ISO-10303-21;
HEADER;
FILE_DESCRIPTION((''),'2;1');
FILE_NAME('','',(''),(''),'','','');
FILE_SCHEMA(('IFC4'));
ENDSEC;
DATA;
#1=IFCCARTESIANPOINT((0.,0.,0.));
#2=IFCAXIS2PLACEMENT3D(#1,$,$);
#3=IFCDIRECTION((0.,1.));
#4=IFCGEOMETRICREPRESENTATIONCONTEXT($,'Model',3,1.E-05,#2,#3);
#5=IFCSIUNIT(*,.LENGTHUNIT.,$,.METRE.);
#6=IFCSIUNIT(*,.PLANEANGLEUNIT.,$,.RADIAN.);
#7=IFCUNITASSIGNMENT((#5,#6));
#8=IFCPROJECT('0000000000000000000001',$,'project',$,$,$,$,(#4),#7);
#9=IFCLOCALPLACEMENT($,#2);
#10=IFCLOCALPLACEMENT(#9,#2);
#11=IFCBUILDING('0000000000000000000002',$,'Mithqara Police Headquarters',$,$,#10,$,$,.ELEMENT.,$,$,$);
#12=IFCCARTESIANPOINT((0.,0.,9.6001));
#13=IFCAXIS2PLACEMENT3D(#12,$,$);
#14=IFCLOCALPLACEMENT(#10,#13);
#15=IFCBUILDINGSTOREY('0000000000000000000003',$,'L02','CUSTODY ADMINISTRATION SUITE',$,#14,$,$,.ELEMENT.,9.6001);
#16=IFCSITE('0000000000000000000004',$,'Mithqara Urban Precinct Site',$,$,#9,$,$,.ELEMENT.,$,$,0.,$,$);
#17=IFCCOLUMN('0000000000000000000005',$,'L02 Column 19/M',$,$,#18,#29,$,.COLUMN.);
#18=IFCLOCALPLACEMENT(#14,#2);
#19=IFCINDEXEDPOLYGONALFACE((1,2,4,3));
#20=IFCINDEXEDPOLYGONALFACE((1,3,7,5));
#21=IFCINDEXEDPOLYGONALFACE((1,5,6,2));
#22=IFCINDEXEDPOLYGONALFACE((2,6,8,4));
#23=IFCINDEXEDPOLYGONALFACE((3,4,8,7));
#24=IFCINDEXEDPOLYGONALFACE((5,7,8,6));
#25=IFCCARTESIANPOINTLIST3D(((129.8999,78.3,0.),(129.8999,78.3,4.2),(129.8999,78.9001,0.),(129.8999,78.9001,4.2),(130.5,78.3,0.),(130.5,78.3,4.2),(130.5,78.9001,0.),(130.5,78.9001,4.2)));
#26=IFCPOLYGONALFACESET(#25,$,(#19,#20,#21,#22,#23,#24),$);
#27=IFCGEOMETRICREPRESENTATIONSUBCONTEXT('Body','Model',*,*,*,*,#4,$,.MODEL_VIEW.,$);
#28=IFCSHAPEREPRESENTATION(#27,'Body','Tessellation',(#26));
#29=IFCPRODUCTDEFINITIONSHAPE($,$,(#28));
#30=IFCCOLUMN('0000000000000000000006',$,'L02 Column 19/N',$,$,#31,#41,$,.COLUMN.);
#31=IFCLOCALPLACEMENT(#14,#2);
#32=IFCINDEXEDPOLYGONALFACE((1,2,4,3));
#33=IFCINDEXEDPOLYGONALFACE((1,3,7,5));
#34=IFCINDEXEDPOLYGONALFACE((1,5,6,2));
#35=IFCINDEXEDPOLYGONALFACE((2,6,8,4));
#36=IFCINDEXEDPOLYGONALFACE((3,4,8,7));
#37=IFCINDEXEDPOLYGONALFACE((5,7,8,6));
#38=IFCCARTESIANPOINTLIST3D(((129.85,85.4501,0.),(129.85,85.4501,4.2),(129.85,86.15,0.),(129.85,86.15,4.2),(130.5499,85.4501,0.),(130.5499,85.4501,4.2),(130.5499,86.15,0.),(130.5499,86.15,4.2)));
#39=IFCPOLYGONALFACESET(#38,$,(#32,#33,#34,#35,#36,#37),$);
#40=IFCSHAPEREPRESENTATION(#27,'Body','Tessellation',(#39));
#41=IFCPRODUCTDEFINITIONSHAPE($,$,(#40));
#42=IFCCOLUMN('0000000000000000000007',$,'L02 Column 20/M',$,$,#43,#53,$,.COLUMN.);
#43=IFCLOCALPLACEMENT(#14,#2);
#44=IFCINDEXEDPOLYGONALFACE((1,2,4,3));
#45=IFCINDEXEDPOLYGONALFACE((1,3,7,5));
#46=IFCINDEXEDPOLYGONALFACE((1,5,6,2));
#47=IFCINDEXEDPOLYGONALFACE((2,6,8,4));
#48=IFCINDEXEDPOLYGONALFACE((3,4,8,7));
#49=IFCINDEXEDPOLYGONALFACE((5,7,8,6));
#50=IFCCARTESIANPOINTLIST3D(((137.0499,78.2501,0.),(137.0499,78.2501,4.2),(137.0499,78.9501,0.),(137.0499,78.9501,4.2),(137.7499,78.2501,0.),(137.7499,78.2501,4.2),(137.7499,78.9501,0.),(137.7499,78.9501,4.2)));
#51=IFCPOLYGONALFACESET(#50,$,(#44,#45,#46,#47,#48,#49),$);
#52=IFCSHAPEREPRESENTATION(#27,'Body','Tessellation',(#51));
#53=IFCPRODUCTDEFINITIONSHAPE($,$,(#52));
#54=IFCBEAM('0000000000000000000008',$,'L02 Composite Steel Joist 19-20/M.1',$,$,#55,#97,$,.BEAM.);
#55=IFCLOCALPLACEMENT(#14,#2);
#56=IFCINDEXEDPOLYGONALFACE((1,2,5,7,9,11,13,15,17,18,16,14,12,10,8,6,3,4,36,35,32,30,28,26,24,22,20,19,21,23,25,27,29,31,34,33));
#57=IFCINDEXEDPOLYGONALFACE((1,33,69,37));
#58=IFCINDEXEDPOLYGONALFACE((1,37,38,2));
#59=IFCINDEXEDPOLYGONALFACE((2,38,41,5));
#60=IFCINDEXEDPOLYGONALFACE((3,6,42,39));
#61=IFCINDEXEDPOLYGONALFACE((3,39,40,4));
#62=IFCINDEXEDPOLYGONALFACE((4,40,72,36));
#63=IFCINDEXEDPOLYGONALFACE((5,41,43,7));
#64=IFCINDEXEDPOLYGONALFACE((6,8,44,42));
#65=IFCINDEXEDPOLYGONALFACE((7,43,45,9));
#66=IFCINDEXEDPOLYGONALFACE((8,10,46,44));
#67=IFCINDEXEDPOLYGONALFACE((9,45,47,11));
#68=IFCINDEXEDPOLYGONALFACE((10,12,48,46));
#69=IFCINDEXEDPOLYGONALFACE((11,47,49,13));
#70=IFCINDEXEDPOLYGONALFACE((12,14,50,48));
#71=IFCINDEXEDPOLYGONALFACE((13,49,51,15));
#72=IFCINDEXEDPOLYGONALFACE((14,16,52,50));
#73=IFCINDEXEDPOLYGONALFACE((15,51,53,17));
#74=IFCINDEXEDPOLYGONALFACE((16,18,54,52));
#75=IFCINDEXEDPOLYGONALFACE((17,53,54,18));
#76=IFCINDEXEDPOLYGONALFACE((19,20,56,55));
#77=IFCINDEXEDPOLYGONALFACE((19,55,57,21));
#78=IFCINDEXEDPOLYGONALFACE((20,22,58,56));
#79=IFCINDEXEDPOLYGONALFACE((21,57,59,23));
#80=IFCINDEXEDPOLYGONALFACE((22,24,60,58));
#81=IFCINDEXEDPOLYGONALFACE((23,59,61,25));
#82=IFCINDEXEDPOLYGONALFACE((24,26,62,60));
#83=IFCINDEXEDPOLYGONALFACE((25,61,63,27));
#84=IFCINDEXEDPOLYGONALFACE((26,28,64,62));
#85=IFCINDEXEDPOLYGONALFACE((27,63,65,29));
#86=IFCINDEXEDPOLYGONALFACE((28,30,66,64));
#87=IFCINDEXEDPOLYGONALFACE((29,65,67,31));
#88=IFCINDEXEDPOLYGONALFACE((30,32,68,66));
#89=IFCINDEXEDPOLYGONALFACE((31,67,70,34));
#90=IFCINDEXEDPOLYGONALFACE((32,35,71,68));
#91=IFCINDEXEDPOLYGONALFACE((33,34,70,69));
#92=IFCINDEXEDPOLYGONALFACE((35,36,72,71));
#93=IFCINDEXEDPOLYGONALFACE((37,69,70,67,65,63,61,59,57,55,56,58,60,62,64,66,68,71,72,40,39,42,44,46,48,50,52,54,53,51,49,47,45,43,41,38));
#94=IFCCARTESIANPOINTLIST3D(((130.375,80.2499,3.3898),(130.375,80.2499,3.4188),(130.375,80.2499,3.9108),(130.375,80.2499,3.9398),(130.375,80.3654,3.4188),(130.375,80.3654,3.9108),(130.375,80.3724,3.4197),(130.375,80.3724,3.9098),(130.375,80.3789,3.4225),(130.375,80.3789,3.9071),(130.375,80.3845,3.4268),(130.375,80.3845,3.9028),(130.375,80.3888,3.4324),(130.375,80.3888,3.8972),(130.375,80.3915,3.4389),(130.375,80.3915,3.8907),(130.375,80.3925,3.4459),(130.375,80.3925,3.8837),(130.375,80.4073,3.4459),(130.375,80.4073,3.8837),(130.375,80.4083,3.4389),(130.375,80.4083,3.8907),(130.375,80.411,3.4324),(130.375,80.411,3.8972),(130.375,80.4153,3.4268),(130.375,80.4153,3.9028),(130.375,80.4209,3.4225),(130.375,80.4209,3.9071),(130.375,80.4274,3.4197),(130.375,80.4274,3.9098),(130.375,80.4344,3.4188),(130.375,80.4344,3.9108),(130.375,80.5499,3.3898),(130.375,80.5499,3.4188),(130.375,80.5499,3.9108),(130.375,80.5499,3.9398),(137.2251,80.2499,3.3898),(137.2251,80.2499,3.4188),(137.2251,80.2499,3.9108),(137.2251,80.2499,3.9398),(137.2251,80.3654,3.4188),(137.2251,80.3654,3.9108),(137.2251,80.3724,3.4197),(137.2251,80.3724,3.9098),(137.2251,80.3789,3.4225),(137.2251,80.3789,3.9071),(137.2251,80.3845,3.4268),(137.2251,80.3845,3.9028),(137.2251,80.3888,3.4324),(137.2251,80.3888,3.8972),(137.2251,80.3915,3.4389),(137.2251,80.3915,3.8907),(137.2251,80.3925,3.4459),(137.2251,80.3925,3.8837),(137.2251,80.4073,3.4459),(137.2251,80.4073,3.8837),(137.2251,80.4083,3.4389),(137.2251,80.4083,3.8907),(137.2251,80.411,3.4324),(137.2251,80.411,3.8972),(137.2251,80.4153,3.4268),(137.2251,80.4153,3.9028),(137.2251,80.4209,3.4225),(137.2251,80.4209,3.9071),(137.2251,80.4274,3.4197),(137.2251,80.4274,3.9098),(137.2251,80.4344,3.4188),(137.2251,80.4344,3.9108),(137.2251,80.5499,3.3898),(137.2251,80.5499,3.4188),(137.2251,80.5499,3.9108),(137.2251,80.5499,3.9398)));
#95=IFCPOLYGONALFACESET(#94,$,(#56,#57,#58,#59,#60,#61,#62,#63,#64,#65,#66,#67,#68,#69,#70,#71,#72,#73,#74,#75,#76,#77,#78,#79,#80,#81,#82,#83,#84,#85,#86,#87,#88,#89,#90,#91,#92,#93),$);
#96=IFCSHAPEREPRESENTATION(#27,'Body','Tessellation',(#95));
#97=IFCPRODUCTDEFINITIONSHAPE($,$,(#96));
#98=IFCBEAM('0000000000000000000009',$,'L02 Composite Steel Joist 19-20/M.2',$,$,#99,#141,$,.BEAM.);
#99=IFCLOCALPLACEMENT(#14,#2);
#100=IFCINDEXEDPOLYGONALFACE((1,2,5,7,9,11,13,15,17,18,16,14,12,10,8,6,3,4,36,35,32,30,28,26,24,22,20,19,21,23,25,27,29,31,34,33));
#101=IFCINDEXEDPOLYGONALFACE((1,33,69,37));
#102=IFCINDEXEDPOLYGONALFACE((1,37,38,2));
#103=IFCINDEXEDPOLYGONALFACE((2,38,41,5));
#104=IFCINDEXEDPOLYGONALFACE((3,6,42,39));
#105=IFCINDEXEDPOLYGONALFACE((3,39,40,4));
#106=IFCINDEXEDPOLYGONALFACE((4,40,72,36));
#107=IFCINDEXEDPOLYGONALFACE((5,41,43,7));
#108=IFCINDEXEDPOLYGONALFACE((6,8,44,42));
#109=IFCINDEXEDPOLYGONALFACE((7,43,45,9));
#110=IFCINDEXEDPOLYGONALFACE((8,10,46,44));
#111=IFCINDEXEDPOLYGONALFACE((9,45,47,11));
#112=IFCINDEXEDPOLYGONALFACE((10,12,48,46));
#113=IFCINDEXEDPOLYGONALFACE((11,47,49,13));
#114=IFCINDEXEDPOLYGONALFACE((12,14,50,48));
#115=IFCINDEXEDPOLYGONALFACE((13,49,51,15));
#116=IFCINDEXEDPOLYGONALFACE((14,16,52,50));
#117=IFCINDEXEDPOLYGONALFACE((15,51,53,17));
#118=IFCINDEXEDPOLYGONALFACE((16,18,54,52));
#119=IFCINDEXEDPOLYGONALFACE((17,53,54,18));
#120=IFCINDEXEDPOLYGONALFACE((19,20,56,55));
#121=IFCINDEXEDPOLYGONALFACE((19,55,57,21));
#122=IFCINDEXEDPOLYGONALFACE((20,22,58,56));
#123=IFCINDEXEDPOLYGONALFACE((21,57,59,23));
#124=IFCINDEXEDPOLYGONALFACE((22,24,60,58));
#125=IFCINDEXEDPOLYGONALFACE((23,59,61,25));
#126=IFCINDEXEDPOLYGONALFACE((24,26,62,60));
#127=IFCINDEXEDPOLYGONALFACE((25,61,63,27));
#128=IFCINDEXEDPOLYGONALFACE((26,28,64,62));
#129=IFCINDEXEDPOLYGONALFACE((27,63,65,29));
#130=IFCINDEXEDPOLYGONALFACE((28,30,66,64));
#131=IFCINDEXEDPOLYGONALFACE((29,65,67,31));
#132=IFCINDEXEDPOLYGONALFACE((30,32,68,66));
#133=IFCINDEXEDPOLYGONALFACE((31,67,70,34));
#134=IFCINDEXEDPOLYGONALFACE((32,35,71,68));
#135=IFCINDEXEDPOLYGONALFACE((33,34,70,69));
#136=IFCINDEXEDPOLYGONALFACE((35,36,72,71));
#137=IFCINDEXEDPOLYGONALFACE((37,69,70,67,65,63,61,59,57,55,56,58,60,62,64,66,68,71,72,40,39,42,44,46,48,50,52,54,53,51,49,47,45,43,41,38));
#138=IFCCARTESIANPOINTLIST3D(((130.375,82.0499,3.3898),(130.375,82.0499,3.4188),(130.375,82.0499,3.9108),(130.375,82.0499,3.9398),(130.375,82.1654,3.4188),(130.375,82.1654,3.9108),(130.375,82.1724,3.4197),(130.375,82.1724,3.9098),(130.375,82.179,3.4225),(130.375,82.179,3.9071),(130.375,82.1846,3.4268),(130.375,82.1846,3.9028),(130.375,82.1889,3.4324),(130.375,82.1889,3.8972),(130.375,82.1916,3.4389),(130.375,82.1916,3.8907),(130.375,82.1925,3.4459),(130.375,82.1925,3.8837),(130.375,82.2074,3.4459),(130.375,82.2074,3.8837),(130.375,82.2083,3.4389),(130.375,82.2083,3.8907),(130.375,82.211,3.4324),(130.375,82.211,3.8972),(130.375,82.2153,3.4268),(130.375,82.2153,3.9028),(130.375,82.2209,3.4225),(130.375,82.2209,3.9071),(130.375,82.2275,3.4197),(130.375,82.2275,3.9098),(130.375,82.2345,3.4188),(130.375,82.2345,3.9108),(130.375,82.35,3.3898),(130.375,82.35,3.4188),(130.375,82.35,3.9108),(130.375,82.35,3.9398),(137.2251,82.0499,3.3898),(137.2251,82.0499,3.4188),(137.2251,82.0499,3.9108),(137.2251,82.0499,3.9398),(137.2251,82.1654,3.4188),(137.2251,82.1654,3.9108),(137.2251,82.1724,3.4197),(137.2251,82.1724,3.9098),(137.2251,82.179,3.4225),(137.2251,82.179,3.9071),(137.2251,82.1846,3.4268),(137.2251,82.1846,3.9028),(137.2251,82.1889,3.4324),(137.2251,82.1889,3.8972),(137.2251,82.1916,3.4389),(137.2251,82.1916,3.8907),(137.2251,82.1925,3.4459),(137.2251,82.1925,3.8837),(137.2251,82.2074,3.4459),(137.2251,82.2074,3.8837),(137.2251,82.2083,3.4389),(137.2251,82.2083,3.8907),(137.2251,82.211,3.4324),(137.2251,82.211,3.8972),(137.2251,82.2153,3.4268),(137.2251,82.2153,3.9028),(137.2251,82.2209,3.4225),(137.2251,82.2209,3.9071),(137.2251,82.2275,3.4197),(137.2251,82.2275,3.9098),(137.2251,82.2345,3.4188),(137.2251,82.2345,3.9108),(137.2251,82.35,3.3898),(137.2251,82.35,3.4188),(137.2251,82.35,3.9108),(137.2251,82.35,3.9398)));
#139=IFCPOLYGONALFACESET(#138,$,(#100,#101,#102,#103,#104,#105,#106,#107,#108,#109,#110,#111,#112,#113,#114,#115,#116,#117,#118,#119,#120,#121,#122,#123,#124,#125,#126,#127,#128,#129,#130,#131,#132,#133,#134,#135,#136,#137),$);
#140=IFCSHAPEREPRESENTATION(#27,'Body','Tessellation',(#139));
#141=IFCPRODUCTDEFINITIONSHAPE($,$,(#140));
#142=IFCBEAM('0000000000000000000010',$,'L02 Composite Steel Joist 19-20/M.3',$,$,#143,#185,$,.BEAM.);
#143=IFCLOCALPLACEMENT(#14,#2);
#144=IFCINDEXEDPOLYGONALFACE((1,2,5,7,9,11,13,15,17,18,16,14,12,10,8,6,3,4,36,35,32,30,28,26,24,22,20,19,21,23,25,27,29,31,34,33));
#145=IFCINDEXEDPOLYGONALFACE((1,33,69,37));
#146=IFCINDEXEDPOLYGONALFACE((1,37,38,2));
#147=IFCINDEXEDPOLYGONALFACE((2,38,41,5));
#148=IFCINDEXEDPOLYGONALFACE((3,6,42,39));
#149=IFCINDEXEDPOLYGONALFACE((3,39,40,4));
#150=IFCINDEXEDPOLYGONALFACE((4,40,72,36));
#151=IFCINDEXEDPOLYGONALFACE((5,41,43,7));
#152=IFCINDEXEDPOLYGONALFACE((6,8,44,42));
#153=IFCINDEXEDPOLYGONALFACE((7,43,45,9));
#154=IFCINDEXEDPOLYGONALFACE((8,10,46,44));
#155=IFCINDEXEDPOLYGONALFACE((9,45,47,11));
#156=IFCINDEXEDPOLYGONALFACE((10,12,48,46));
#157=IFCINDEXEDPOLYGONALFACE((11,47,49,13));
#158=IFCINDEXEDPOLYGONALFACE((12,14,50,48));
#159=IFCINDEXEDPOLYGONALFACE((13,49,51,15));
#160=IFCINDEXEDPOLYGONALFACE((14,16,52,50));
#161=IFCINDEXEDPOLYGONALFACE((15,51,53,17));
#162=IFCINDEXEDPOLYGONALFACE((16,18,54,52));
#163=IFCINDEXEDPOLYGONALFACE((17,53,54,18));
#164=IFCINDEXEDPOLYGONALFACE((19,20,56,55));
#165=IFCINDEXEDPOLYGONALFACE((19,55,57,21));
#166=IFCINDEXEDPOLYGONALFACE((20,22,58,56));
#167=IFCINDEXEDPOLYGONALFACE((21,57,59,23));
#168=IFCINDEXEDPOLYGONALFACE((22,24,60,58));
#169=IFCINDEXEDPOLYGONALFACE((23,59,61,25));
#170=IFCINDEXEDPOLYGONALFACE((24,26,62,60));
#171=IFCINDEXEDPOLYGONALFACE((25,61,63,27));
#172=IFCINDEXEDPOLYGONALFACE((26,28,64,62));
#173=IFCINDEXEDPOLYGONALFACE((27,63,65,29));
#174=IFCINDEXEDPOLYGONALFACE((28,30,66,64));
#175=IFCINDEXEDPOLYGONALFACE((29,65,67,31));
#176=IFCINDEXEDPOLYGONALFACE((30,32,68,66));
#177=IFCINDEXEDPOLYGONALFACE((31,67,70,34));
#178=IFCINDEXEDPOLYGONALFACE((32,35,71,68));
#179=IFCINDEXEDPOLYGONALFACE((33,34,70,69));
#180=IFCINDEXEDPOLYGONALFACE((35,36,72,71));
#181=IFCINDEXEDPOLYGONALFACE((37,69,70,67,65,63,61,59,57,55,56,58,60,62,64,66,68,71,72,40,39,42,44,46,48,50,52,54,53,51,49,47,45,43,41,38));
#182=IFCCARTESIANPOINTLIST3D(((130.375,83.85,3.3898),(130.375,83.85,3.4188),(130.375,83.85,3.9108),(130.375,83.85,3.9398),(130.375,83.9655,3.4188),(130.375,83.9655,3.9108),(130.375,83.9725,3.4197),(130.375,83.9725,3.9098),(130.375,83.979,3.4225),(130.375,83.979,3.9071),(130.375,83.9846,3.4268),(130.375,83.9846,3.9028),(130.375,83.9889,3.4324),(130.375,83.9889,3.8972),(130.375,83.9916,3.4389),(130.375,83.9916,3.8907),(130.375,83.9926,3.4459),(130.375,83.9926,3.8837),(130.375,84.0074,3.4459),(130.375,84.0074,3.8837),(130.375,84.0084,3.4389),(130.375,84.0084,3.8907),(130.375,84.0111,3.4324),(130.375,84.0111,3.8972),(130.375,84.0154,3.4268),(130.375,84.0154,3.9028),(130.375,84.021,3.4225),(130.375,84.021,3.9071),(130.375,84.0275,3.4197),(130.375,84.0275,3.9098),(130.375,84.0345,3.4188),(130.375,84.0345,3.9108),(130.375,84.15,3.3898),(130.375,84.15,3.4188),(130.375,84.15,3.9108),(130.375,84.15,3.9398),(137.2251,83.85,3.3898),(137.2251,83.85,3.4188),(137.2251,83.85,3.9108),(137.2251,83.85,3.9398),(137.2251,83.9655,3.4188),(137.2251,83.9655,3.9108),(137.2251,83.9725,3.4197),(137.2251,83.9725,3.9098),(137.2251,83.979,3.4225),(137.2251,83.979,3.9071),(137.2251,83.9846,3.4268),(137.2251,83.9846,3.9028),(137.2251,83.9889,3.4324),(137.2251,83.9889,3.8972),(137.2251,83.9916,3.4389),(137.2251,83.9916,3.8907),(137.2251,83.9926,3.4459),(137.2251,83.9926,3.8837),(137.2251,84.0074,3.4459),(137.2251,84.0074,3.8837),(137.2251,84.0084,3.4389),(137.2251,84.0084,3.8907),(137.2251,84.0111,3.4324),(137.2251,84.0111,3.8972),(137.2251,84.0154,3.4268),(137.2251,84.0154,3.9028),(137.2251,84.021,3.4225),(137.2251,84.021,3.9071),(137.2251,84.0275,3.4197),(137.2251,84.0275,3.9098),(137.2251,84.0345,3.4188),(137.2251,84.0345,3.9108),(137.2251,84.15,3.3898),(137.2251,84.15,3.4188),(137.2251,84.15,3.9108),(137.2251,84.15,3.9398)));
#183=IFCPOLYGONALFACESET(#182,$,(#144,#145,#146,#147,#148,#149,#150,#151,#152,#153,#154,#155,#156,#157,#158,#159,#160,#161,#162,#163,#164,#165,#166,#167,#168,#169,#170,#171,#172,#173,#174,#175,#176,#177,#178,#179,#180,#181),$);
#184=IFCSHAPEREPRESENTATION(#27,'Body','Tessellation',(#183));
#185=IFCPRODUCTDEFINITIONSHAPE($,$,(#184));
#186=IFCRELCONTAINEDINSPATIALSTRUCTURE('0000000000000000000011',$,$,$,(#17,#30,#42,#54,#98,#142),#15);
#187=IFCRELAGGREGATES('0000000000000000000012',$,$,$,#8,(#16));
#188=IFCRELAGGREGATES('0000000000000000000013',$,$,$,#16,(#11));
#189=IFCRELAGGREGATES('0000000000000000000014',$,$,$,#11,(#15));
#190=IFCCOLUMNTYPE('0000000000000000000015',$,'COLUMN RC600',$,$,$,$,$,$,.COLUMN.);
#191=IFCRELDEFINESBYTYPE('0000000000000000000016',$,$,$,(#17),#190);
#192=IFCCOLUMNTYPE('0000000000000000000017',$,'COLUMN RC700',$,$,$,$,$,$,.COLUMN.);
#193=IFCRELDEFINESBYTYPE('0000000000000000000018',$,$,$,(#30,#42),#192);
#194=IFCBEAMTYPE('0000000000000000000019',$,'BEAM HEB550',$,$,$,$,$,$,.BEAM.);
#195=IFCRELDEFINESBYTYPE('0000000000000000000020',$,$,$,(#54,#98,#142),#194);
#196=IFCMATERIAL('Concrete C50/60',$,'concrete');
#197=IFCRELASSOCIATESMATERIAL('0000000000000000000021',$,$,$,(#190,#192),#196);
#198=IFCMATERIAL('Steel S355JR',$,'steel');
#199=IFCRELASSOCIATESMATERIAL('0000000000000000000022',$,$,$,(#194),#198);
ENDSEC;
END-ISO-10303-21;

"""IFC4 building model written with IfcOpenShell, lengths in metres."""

from ifc_helpers import new_model, si_unit, direction, frame, origin, origin_2d, place, context, subcontext, project, spatial, rectangle, i_section, extrude, material, material_profile, profile_set, type_object, element, save


model = new_model("IFC4")

# Units and contexts
model_context = context("Model", 3, precision=1e-05, world=origin(), true_north=direction((0.0, 1.0)))
body_context = subcontext(model_context, "Body", "Model", "MODEL_VIEW")
ifc_project = project(units=[si_unit("LENGTHUNIT", "METRE"), si_unit("PLANEANGLEUNIT", "RADIAN")], contexts=[model_context])

# Site, building, storey
site_placement = place(None, origin())
site = spatial("IfcSite", under=ifc_project, at=site_placement, Name="Mithqara Urban Precinct Site", CompositionType="ELEMENT", RefElevation=0.0)
building_placement = place(site_placement, origin())
building = spatial("IfcBuilding", under=site, at=building_placement, Name="Mithqara Police Headquarters", CompositionType="ELEMENT")
storey_placement = place(building_placement, frame((0.0, 0.0, 9.6001)))
storey = spatial("IfcBuildingStorey", under=building, at=storey_placement, Name="L02", Description="CUSTODY ADMINISTRATION SUITE", CompositionType="ELEMENT", Elevation=9.6001)

# Columns
ifc_material_1 = material(Name="Concrete C50/60", Category="concrete")
ifc_material_profile_1 = material_profile(ifc_material_1, rectangle(XDim=0.6001, YDim=0.6001, at=origin_2d()), Name="RC 600x600")
ifc_profile_set_1 = profile_set([ifc_material_profile_1], Name="Concrete C50/60")
column_type_1 = type_object("IfcColumnType", Name="COLUMN RC600", PredefinedType="COLUMN", material=ifc_profile_set_1)
column_placement = place(storey_placement, frame((130.2, 78.6001, 0.0), z_axis=(0.0, 0.0, 1.0), x_axis=(1.0, 0.0, 0.0)))
element("IfcColumn", 1, at=column_placement, inside=storey, type_object=column_type_1, Name="L02 Column 19/M", PredefinedType="COLUMN", context=body_context, shape_type="SweptSolid", body=[
    extrude(rectangle(XDim=0.6001, YDim=0.6001, at=origin_2d()), origin(), (0.0, 0.0, 1.0), 4.2),
])
ifc_material_profile_2 = material_profile(ifc_material_1, rectangle(XDim=0.7, YDim=0.7, at=origin_2d()), Name="RC 700x700")
ifc_profile_set_2 = profile_set([ifc_material_profile_2], Name="Concrete C50/60")
column_type_2 = type_object("IfcColumnType", Name="COLUMN RC700", PredefinedType="COLUMN", material=ifc_profile_set_2)
for number, where, z_axis, x_axis, name in (
    (2, (130.2, 85.8, 0.0), (0.0, 0.0, 1.0), (1.0, 0.0, 0.0), "L02 Column 19/N"),
    (3, (137.3999, 78.6001, 0.0), (0.0, 0.0, 1.0), (1.0, 0.0, 0.0), "L02 Column 20/M"),
):
    element("IfcColumn", number, at=place(storey_placement, frame(where, z_axis=z_axis, x_axis=x_axis)), inside=storey, type_object=column_type_2, Name=name, PredefinedType="COLUMN", context=body_context, shape_type="SweptSolid", body=[
        extrude(rectangle(XDim=0.7, YDim=0.7, at=origin_2d()), origin(), (0.0, 0.0, 1.0), 4.2),
    ])

# Beams
ifc_material_2 = material(Name="Steel S355JR", Category="steel")
ifc_material_profile_3 = material_profile(ifc_material_2, i_section(OverallWidth=0.3, OverallDepth=0.55, WebThickness=0.0149, FlangeThickness=0.0291, FilletRadius=0.0271, at=origin_2d()), Name="HEB 550")
ifc_profile_set_3 = profile_set([ifc_material_profile_3], Name="Steel S355JR")
beam_type_1 = type_object("IfcBeamType", Name="BEAM HEB550", PredefinedType="BEAM", material=ifc_profile_set_3)
for number, where, z_axis, x_axis, name in (
    (4, (130.375, 80.3999, 3.6648), (1.0, 0.0, 0.0), (0.0, 1.0, 0.0), "L02 Composite Steel Joist 19-20/M.1"),
    (5, (130.375, 82.2, 3.6648), (1.0, 0.0, 0.0), (0.0, 1.0, 0.0), "L02 Composite Steel Joist 19-20/M.2"),
    (6, (130.375, 84.0, 3.6648), (1.0, 0.0, 0.0), (0.0, 1.0, 0.0), "L02 Composite Steel Joist 19-20/M.3"),
):
    element("IfcBeam", number, at=place(storey_placement, frame(where, z_axis=z_axis, x_axis=x_axis)), inside=storey, type_object=beam_type_1, Name=name, PredefinedType="BEAM", context=body_context, shape_type="SweptSolid", body=[
        extrude(i_section(OverallWidth=0.3, OverallDepth=0.55, WebThickness=0.0149, FlangeThickness=0.0291, FilletRadius=0.0271, at=origin_2d()), origin(), (0.0, 0.0, 1.0), 6.8501),
    ])

save(model, "model.ifc")
